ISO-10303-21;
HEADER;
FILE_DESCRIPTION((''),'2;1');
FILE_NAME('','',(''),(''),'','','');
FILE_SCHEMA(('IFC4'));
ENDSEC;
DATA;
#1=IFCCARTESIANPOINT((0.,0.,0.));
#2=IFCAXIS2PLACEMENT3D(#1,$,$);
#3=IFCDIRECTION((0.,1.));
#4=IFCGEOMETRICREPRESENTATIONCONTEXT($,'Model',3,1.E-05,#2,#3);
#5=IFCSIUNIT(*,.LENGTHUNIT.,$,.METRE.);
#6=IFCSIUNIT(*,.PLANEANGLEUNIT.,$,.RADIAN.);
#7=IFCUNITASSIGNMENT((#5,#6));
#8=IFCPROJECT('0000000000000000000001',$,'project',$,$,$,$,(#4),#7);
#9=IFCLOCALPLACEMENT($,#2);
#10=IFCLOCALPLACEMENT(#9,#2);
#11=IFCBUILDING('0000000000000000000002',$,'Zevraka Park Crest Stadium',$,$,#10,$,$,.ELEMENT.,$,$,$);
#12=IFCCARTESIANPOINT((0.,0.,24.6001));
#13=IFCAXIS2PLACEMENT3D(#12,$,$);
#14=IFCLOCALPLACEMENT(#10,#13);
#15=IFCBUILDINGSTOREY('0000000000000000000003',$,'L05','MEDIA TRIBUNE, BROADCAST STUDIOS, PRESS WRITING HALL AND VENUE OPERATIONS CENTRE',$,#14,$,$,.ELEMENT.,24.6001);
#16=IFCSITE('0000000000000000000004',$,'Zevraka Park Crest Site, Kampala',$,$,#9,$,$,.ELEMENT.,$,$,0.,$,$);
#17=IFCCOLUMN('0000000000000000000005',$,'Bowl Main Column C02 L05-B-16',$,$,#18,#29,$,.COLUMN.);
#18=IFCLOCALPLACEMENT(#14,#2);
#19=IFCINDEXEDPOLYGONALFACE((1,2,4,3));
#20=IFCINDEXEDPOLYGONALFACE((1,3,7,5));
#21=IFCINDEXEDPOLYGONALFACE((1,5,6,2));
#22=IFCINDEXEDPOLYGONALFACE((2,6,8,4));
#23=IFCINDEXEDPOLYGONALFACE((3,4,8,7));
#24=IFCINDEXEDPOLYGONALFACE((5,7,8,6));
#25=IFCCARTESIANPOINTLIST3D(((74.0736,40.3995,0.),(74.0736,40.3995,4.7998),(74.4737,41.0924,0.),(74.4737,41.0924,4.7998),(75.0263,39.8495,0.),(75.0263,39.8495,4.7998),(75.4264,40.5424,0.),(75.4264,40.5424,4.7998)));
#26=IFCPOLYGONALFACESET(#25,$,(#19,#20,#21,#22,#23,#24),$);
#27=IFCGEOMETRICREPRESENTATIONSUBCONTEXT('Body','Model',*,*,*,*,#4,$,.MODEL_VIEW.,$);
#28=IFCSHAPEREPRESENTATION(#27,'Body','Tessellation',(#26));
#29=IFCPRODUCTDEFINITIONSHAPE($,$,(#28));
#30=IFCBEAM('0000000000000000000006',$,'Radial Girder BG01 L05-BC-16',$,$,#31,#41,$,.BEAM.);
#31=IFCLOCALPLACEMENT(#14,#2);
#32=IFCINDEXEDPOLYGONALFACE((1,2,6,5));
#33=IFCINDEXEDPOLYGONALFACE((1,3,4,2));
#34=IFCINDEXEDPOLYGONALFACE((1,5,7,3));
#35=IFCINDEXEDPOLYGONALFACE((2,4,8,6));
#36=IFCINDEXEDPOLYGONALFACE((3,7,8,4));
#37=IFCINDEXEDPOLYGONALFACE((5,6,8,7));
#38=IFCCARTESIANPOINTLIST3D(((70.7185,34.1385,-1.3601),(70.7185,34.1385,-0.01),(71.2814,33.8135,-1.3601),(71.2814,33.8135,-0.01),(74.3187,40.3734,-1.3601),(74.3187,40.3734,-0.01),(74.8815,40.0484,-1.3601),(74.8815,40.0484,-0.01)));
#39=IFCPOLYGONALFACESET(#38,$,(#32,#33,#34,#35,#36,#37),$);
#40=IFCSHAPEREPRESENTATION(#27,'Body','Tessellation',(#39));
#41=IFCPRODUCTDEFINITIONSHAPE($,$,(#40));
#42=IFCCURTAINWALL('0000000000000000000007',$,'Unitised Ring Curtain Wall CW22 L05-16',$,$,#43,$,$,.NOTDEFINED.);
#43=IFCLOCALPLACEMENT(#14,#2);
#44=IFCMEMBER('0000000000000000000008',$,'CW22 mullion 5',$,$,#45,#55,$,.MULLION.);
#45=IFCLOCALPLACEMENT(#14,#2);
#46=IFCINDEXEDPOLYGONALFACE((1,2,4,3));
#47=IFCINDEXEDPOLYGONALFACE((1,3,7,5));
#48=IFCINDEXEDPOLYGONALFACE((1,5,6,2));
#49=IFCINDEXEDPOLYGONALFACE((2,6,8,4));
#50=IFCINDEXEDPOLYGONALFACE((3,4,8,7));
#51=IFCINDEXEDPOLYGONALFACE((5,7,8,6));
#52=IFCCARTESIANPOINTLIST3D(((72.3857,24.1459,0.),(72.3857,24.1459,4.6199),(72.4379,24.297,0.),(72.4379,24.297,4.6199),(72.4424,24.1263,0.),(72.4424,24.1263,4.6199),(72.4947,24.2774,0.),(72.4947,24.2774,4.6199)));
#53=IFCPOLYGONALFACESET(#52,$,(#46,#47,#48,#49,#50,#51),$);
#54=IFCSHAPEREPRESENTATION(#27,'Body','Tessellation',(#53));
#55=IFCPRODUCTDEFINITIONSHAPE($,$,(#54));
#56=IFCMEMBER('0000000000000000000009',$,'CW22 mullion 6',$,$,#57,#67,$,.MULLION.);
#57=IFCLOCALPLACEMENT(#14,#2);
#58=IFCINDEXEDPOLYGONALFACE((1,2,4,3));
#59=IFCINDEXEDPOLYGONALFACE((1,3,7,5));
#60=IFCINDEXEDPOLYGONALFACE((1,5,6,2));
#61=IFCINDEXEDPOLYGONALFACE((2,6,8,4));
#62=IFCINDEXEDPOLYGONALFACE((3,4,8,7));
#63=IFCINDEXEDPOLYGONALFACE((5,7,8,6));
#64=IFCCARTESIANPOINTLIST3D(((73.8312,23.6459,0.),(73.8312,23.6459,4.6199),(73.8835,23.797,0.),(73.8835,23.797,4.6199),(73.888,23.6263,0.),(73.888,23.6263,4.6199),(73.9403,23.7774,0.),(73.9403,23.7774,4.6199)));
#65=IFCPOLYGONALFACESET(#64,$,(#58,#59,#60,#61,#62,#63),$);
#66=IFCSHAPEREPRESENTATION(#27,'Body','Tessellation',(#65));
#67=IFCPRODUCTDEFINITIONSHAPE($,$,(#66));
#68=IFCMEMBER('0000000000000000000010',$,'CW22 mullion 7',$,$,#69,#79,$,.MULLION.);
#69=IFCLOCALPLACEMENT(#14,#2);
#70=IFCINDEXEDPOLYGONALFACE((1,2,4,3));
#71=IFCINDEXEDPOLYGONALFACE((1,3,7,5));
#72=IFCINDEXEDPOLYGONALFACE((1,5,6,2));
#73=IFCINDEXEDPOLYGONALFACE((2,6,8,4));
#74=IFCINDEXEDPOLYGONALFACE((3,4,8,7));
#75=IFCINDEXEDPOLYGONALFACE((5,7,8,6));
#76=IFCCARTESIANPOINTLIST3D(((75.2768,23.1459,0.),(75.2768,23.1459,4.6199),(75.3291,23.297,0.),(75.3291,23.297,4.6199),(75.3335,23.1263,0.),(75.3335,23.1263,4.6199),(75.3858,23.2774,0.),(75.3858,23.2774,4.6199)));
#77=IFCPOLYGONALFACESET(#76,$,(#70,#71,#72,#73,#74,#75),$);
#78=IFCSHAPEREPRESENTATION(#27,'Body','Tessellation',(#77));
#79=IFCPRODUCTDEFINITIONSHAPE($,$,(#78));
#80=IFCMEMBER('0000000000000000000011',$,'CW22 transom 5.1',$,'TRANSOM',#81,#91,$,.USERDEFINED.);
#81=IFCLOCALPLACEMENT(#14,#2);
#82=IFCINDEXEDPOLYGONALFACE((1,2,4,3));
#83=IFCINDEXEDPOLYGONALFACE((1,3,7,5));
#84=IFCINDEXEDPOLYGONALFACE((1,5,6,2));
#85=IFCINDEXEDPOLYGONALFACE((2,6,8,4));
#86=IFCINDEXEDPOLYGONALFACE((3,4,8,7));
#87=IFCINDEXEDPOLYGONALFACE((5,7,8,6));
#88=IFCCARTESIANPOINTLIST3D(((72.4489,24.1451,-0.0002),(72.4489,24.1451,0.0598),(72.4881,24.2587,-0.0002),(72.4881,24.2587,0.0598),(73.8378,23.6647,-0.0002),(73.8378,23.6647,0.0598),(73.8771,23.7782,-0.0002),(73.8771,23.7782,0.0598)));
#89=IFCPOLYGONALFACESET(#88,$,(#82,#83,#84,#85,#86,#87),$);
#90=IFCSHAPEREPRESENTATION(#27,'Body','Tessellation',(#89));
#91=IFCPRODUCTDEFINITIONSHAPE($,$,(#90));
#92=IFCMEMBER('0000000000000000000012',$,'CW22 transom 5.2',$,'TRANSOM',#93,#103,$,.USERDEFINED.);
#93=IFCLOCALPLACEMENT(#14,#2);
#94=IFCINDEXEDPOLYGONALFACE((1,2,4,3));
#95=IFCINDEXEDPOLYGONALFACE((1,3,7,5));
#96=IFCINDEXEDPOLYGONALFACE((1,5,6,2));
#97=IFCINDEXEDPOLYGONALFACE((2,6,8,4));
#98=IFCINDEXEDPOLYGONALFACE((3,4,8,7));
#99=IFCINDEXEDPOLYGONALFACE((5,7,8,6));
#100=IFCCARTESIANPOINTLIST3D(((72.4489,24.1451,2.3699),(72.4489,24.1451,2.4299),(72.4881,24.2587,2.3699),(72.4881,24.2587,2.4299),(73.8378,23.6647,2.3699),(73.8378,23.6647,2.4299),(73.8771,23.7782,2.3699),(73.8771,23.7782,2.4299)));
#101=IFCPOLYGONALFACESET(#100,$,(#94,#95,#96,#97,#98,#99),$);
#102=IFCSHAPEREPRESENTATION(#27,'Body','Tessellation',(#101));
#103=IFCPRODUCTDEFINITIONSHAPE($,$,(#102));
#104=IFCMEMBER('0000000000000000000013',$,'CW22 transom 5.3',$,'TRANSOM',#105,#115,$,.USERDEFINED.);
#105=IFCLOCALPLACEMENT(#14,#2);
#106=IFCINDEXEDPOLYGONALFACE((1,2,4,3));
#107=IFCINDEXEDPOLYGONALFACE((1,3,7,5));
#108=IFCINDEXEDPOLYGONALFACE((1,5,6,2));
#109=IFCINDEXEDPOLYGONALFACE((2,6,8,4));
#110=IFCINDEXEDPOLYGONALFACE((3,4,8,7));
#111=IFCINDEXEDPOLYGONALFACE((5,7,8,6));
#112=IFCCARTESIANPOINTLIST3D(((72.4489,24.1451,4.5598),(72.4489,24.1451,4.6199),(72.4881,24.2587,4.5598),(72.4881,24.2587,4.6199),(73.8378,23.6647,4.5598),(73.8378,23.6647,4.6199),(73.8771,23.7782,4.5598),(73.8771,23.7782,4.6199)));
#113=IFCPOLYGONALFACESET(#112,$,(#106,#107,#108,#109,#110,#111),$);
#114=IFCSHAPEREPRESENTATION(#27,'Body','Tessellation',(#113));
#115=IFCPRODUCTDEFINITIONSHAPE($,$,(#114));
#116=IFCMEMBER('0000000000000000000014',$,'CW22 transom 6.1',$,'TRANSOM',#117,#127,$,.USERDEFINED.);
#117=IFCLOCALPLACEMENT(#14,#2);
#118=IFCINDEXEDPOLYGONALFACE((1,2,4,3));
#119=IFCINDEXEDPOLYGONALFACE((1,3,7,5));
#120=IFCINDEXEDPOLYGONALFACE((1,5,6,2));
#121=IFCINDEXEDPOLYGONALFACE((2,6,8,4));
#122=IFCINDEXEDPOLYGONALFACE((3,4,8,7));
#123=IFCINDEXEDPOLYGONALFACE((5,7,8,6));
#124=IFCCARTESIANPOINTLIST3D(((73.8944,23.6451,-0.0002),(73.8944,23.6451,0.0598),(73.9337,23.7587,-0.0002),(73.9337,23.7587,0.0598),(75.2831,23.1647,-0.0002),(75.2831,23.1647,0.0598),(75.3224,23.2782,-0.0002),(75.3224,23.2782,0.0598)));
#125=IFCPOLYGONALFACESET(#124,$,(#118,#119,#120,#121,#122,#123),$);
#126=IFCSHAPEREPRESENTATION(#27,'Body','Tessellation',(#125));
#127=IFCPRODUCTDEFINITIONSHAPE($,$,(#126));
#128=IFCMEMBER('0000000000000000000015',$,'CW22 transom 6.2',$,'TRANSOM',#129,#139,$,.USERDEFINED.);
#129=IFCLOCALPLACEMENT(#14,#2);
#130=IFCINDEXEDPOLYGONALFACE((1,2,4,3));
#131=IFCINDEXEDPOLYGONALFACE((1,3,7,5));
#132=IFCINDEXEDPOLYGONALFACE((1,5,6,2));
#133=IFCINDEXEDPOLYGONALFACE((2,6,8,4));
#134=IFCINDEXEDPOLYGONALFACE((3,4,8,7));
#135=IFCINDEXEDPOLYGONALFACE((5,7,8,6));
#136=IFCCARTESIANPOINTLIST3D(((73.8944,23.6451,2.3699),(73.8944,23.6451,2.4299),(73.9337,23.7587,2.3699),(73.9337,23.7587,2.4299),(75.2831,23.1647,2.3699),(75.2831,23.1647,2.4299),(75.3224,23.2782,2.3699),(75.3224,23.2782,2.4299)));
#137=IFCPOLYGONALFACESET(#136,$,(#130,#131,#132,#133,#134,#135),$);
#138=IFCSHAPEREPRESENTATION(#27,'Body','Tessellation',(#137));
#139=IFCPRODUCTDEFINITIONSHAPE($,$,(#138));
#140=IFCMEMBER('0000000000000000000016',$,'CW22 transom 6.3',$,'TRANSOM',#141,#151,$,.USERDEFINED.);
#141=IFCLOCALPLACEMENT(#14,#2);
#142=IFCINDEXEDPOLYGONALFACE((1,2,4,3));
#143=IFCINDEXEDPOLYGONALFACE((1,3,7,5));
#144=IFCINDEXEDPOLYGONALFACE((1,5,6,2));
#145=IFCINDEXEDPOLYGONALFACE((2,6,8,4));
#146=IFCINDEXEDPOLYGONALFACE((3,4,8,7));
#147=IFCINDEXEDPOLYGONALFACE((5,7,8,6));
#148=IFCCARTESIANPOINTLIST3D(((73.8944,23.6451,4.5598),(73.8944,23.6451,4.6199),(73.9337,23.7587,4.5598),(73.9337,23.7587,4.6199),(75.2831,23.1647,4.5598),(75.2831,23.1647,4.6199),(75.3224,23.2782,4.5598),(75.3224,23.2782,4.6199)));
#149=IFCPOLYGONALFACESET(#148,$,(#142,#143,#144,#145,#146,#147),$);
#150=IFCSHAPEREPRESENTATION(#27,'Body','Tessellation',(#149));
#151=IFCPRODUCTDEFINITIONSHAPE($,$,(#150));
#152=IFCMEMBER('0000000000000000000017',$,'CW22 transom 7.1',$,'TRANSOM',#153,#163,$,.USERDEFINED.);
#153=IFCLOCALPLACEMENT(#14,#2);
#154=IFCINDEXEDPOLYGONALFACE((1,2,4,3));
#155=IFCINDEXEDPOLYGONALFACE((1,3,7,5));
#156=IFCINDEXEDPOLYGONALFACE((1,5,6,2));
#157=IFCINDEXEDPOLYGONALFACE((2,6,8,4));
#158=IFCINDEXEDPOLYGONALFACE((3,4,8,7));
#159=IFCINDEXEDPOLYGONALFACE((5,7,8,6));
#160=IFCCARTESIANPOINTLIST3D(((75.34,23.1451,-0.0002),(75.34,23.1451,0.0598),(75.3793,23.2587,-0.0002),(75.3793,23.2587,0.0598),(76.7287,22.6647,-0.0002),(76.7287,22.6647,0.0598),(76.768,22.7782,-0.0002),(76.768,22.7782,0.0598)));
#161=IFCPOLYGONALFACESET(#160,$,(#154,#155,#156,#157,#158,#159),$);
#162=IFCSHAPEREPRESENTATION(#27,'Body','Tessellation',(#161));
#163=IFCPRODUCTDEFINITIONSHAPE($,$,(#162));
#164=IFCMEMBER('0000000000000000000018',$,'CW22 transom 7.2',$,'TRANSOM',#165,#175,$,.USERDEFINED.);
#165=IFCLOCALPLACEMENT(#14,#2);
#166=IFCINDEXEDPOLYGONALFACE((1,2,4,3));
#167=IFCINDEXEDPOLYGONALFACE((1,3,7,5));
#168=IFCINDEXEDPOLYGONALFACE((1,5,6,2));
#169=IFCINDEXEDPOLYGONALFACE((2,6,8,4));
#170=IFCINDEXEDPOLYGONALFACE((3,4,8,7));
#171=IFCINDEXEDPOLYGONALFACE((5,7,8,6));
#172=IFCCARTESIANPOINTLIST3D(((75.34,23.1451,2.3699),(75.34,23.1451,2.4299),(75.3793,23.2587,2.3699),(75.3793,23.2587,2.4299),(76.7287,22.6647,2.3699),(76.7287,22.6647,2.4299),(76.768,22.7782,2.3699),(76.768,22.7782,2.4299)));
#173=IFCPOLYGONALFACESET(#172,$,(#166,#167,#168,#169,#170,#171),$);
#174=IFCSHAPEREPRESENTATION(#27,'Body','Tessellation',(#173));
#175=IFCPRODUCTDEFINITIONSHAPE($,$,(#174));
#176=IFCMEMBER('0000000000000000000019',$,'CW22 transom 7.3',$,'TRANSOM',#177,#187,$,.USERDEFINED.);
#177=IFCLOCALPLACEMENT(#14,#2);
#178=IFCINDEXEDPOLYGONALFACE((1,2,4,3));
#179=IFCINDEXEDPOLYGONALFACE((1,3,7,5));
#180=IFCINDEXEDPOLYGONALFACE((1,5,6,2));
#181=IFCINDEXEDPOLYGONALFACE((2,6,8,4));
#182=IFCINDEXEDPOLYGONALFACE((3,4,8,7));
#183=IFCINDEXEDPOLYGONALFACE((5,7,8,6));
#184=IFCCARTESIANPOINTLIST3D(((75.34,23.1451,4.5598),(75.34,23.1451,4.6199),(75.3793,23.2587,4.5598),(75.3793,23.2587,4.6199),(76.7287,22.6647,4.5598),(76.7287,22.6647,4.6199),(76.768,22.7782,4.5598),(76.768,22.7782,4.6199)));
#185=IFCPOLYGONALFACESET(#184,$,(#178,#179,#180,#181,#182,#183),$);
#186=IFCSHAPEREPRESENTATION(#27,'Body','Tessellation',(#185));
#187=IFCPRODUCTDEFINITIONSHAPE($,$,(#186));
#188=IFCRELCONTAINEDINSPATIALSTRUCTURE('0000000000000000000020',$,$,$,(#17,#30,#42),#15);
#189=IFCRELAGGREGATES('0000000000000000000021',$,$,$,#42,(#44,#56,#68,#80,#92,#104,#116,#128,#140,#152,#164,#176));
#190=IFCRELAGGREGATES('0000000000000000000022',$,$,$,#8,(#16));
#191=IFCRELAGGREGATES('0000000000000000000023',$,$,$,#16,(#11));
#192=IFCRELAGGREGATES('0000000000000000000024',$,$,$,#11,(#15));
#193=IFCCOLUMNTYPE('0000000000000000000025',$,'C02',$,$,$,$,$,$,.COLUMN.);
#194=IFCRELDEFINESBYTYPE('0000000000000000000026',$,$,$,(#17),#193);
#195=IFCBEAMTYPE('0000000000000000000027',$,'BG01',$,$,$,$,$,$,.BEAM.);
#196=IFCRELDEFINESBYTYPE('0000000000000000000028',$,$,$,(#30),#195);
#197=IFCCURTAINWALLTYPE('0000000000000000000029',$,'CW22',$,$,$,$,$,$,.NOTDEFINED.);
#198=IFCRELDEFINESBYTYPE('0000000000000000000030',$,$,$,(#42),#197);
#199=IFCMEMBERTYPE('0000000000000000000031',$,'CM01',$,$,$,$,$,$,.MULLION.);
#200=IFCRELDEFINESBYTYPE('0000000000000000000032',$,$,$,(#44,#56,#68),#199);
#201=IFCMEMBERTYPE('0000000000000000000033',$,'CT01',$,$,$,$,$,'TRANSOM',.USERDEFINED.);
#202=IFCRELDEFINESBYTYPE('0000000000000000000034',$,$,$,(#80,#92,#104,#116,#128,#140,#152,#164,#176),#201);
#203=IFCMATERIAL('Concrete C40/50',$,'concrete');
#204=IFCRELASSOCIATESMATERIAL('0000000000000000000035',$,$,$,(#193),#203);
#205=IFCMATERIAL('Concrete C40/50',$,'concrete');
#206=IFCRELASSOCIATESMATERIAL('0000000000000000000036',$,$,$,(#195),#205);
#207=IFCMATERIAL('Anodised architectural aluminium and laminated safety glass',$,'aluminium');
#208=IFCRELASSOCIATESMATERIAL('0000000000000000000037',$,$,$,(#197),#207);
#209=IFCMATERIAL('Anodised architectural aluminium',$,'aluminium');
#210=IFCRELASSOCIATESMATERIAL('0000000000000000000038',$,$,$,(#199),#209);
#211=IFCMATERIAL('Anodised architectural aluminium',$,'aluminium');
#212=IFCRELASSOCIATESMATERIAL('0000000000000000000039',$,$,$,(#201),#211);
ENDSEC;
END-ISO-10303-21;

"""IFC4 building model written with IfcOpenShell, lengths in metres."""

from ifc_helpers import new_model, si_unit, direction, frame, origin, origin_2d, place, context, subcontext, project, spatial, rectangle, extrude, material, material_profile, profile_set, type_object, element, aggregate, save


model = new_model("IFC4")

# Units and contexts
model_context = context("Model", 3, precision=1e-05, world=origin(), true_north=direction((0.0, 1.0)))
body_context = subcontext(model_context, "Body", "Model", "MODEL_VIEW")
ifc_project = project(units=[si_unit("LENGTHUNIT", "METRE"), si_unit("PLANEANGLEUNIT", "RADIAN")], contexts=[model_context])

# Site, building, storey
site_placement = place(None, origin())
site = spatial("IfcSite", under=ifc_project, at=site_placement, Name="Zevraka Park Crest Site, Kampala", CompositionType="ELEMENT", RefElevation=0.0)
building_placement = place(site_placement, origin())
building = spatial("IfcBuilding", under=site, at=building_placement, Name="Zevraka Park Crest Stadium", CompositionType="ELEMENT")
storey_placement = place(building_placement, frame((0.0, 0.0, 24.6001)))
storey = spatial("IfcBuildingStorey", under=building, at=storey_placement, Name="L05", Description="MEDIA TRIBUNE, BROADCAST STUDIOS, PRESS WRITING HALL AND VENUE OPERATIONS CENTRE", CompositionType="ELEMENT", Elevation=24.6001)

# Column
ifc_material_1 = material(Name="Concrete C40/50", Category="concrete")
ifc_material_profile_1 = material_profile(ifc_material_1, rectangle(XDim=0.8, YDim=1.1001, at=origin_2d()), Name="RC 1100x800")
ifc_profile_set_1 = profile_set([ifc_material_profile_1], Name="Concrete C40/50")
column_type = type_object("IfcColumnType", Name="C02", PredefinedType="COLUMN", material=ifc_profile_set_1)
column_placement = place(storey_placement, frame((74.75, 40.4709, 0.0), z_axis=(0.0, 0.0, 1.0), x_axis=(0.5, 0.866025, 0.0)))
element("IfcColumn", 1, at=column_placement, inside=storey, type_object=column_type, Name="Bowl Main Column C02 L05-B-16", PredefinedType="COLUMN", context=body_context, shape_type="SweptSolid", body=[
    extrude(rectangle(XDim=0.8, YDim=1.1001, at=origin_2d()), origin(), (0.0, 0.0, 1.0), 4.7998),
])

# Beam
ifc_material_2 = material(Name="Concrete C40/50", Category="concrete")
ifc_material_profile_2 = material_profile(ifc_material_2, rectangle(XDim=0.6499, YDim=1.3501, at=origin_2d()), Name="RC 1350x650")
ifc_profile_set_2 = profile_set([ifc_material_profile_2], Name="Concrete C40/50")
beam_type_1 = type_object("IfcBeamType", Name="BG01", PredefinedType="BEAM", material=ifc_profile_set_2)
beam_1_placement = place(storey_placement, frame((74.6001, 40.2109, -0.6851), z_axis=(-0.500041, -0.866001, 0.0), x_axis=(0.866001, -0.500041, 0.0)))
element("IfcBeam", 2, at=beam_1_placement, inside=storey, type_object=beam_type_1, Name="Radial Girder BG01 L05-BC-16", PredefinedType="BEAM", context=body_context, shape_type="SweptSolid", body=[
    extrude(rectangle(XDim=0.6499, YDim=1.3501, at=origin_2d()), origin(), (0.0, 0.0, 1.0), 7.1997),
])

# Curtain wall, members
ifc_material_3 = material(Name="Anodised architectural aluminium and laminated safety glass", Category="aluminium")
curtain_wall_type = type_object("IfcCurtainWallType", Name="CW22", PredefinedType="NOTDEFINED", material=ifc_material_3)
curtain_wall_placement = place(storey_placement, origin())
curtain_wall = element("IfcCurtainWall", 3, at=curtain_wall_placement, inside=storey, type_object=curtain_wall_type, Name="Unitised Ring Curtain Wall CW22 L05-16", PredefinedType="NOTDEFINED")
ifc_material_4 = material(Name="Anodised architectural aluminium", Category="aluminium")
ifc_material_profile_3 = material_profile(ifc_material_4, rectangle(XDim=0.1599, YDim=0.0601, at=origin_2d()), Name="ALU MULLION 160x60")
ifc_profile_set_3 = profile_set([ifc_material_profile_3], Name="Anodised architectural aluminium")
member_type_1 = type_object("IfcMemberType", Name="CM01", PredefinedType="MULLION", material=ifc_profile_set_3)
member_1_placement = place(storey_placement, frame((72.4402, 24.2117, 0.0), z_axis=(0.0, 0.0, 1.0), x_axis=(0.326929, 0.945049, 0.0)))
member_1 = element("IfcMember", 4, at=member_1_placement, type_object=member_type_1, Name="CW22 mullion 5", PredefinedType="MULLION", context=body_context, shape_type="SweptSolid", body=[
    extrude(rectangle(XDim=0.1599, YDim=0.0601, at=origin_2d()), origin(), (0.0, 0.0, 1.0), 4.6199),
])
member_2_placement = place(storey_placement, frame((73.8857, 23.7117, 0.0), z_axis=(0.0, 0.0, 1.0), x_axis=(0.326929, 0.945049, 0.0)))
member_2 = element("IfcMember", 5, at=member_2_placement, type_object=member_type_1, Name="CW22 mullion 6", PredefinedType="MULLION", context=body_context, shape_type="SweptSolid", body=[
    extrude(rectangle(XDim=0.1599, YDim=0.0601, at=origin_2d()), origin(), (0.0, 0.0, 1.0), 4.6199),
])
member_3_placement = place(storey_placement, frame((75.3313, 23.2117, 0.0), z_axis=(0.0, 0.0, 1.0), x_axis=(0.326929, 0.945049, 0.0)))
member_3 = element("IfcMember", 6, at=member_3_placement, type_object=member_type_1, Name="CW22 mullion 7", PredefinedType="MULLION", context=body_context, shape_type="SweptSolid", body=[
    extrude(rectangle(XDim=0.1599, YDim=0.0601, at=origin_2d()), origin(), (0.0, 0.0, 1.0), 4.6199),
])
ifc_material_5 = material(Name="Anodised architectural aluminium", Category="aluminium")
ifc_material_profile_4 = material_profile(ifc_material_5, rectangle(XDim=0.1201, YDim=0.0601, at=origin_2d()), Name="ALU TRANSOM 120x60")
ifc_profile_set_4 = profile_set([ifc_material_profile_4], Name="Anodised architectural aluminium")
member_type_2 = type_object("IfcMemberType", Name="CT01", ElementType="TRANSOM", PredefinedType="USERDEFINED", material=ifc_profile_set_4)
member_4_placement = place(storey_placement, frame((72.4685, 24.2019, 0.0298), z_axis=(0.945051, -0.326922, 0.0), x_axis=(0.326922, 0.945051, 0.0)))
member_4 = element("IfcMember", 7, at=member_4_placement, type_object=member_type_2, Name="CW22 transom 5.1", ObjectType="TRANSOM", PredefinedType="USERDEFINED", context=body_context, shape_type="SweptSolid", body=[
    extrude(rectangle(XDim=0.1201, YDim=0.0601, at=origin_2d()), origin(), (0.0, 0.0, 1.0), 1.4697),
])
member_5_placement = place(storey_placement, frame((72.4685, 24.2019, 2.3999), z_axis=(0.945051, -0.326922, 0.0), x_axis=(0.326922, 0.945051, 0.0)))
member_5 = element("IfcMember", 8, at=member_5_placement, type_object=member_type_2, Name="CW22 transom 5.2", ObjectType="TRANSOM", PredefinedType="USERDEFINED", context=body_context, shape_type="SweptSolid", body=[
    extrude(rectangle(XDim=0.1201, YDim=0.0601, at=origin_2d()), origin(), (0.0, 0.0, 1.0), 1.4697),
])
member_6_placement = place(storey_placement, frame((72.4685, 24.2019, 4.5898), z_axis=(0.945051, -0.326922, 0.0), x_axis=(0.326922, 0.945051, 0.0)))
member_6 = element("IfcMember", 9, at=member_6_placement, type_object=member_type_2, Name="CW22 transom 5.3", ObjectType="TRANSOM", PredefinedType="USERDEFINED", context=body_context, shape_type="SweptSolid", body=[
    extrude(rectangle(XDim=0.1201, YDim=0.0601, at=origin_2d()), origin(), (0.0, 0.0, 1.0), 1.4697),
])
member_7_placement = place(storey_placement, frame((73.9141, 23.7019, 0.0298), z_axis=(0.945033, -0.326974, 0.0), x_axis=(0.326974, 0.945033, 0.0)))
member_7 = element("IfcMember", 10, at=member_7_placement, type_object=member_type_2, Name="CW22 transom 6.1", ObjectType="TRANSOM", PredefinedType="USERDEFINED", context=body_context, shape_type="SweptSolid", body=[
    extrude(rectangle(XDim=0.1201, YDim=0.0601, at=origin_2d()), origin(), (0.0, 0.0, 1.0), 1.4695),
])
member_8_placement = place(storey_placement, frame((73.9141, 23.7019, 2.3999), z_axis=(0.945033, -0.326974, 0.0), x_axis=(0.326974, 0.945033, 0.0)))
member_8 = element("IfcMember", 11, at=member_8_placement, type_object=member_type_2, Name="CW22 transom 6.2", ObjectType="TRANSOM", PredefinedType="USERDEFINED", context=body_context, shape_type="SweptSolid", body=[
    extrude(rectangle(XDim=0.1201, YDim=0.0601, at=origin_2d()), origin(), (0.0, 0.0, 1.0), 1.4695),
])
member_9_placement = place(storey_placement, frame((73.9141, 23.7019, 4.5898), z_axis=(0.945033, -0.326974, 0.0), x_axis=(0.326974, 0.945033, 0.0)))
member_9 = element("IfcMember", 12, at=member_9_placement, type_object=member_type_2, Name="CW22 transom 6.3", ObjectType="TRANSOM", PredefinedType="USERDEFINED", context=body_context, shape_type="SweptSolid", body=[
    extrude(rectangle(XDim=0.1201, YDim=0.0601, at=origin_2d()), origin(), (0.0, 0.0, 1.0), 1.4695),
])
member_10_placement = place(storey_placement, frame((75.3596, 23.2019, 0.0298), z_axis=(0.945033, -0.326974, 0.0), x_axis=(0.326974, 0.945033, 0.0)))
member_10 = element("IfcMember", 13, at=member_10_placement, type_object=member_type_2, Name="CW22 transom 7.1", ObjectType="TRANSOM", PredefinedType="USERDEFINED", context=body_context, shape_type="SweptSolid", body=[
    extrude(rectangle(XDim=0.1201, YDim=0.0601, at=origin_2d()), origin(), (0.0, 0.0, 1.0), 1.4695),
])
member_11_placement = place(storey_placement, frame((75.3596, 23.2019, 2.3999), z_axis=(0.945033, -0.326974, 0.0), x_axis=(0.326974, 0.945033, 0.0)))
member_11 = element("IfcMember", 14, at=member_11_placement, type_object=member_type_2, Name="CW22 transom 7.2", ObjectType="TRANSOM", PredefinedType="USERDEFINED", context=body_context, shape_type="SweptSolid", body=[
    extrude(rectangle(XDim=0.1201, YDim=0.0601, at=origin_2d()), origin(), (0.0, 0.0, 1.0), 1.4695),
])
member_12_placement = place(storey_placement, frame((75.3596, 23.2019, 4.5898), z_axis=(0.945033, -0.326974, 0.0), x_axis=(0.326974, 0.945033, 0.0)))
member_12 = element("IfcMember", 15, at=member_12_placement, type_object=member_type_2, Name="CW22 transom 7.3", ObjectType="TRANSOM", PredefinedType="USERDEFINED", context=body_context, shape_type="SweptSolid", body=[
    extrude(rectangle(XDim=0.1201, YDim=0.0601, at=origin_2d()), origin(), (0.0, 0.0, 1.0), 1.4695),
])

aggregate(curtain_wall, [member_1, member_2, member_3, member_4, member_5, member_6, member_7, member_8, member_9, member_10, member_11, member_12])

save(model, "model.ifc")
